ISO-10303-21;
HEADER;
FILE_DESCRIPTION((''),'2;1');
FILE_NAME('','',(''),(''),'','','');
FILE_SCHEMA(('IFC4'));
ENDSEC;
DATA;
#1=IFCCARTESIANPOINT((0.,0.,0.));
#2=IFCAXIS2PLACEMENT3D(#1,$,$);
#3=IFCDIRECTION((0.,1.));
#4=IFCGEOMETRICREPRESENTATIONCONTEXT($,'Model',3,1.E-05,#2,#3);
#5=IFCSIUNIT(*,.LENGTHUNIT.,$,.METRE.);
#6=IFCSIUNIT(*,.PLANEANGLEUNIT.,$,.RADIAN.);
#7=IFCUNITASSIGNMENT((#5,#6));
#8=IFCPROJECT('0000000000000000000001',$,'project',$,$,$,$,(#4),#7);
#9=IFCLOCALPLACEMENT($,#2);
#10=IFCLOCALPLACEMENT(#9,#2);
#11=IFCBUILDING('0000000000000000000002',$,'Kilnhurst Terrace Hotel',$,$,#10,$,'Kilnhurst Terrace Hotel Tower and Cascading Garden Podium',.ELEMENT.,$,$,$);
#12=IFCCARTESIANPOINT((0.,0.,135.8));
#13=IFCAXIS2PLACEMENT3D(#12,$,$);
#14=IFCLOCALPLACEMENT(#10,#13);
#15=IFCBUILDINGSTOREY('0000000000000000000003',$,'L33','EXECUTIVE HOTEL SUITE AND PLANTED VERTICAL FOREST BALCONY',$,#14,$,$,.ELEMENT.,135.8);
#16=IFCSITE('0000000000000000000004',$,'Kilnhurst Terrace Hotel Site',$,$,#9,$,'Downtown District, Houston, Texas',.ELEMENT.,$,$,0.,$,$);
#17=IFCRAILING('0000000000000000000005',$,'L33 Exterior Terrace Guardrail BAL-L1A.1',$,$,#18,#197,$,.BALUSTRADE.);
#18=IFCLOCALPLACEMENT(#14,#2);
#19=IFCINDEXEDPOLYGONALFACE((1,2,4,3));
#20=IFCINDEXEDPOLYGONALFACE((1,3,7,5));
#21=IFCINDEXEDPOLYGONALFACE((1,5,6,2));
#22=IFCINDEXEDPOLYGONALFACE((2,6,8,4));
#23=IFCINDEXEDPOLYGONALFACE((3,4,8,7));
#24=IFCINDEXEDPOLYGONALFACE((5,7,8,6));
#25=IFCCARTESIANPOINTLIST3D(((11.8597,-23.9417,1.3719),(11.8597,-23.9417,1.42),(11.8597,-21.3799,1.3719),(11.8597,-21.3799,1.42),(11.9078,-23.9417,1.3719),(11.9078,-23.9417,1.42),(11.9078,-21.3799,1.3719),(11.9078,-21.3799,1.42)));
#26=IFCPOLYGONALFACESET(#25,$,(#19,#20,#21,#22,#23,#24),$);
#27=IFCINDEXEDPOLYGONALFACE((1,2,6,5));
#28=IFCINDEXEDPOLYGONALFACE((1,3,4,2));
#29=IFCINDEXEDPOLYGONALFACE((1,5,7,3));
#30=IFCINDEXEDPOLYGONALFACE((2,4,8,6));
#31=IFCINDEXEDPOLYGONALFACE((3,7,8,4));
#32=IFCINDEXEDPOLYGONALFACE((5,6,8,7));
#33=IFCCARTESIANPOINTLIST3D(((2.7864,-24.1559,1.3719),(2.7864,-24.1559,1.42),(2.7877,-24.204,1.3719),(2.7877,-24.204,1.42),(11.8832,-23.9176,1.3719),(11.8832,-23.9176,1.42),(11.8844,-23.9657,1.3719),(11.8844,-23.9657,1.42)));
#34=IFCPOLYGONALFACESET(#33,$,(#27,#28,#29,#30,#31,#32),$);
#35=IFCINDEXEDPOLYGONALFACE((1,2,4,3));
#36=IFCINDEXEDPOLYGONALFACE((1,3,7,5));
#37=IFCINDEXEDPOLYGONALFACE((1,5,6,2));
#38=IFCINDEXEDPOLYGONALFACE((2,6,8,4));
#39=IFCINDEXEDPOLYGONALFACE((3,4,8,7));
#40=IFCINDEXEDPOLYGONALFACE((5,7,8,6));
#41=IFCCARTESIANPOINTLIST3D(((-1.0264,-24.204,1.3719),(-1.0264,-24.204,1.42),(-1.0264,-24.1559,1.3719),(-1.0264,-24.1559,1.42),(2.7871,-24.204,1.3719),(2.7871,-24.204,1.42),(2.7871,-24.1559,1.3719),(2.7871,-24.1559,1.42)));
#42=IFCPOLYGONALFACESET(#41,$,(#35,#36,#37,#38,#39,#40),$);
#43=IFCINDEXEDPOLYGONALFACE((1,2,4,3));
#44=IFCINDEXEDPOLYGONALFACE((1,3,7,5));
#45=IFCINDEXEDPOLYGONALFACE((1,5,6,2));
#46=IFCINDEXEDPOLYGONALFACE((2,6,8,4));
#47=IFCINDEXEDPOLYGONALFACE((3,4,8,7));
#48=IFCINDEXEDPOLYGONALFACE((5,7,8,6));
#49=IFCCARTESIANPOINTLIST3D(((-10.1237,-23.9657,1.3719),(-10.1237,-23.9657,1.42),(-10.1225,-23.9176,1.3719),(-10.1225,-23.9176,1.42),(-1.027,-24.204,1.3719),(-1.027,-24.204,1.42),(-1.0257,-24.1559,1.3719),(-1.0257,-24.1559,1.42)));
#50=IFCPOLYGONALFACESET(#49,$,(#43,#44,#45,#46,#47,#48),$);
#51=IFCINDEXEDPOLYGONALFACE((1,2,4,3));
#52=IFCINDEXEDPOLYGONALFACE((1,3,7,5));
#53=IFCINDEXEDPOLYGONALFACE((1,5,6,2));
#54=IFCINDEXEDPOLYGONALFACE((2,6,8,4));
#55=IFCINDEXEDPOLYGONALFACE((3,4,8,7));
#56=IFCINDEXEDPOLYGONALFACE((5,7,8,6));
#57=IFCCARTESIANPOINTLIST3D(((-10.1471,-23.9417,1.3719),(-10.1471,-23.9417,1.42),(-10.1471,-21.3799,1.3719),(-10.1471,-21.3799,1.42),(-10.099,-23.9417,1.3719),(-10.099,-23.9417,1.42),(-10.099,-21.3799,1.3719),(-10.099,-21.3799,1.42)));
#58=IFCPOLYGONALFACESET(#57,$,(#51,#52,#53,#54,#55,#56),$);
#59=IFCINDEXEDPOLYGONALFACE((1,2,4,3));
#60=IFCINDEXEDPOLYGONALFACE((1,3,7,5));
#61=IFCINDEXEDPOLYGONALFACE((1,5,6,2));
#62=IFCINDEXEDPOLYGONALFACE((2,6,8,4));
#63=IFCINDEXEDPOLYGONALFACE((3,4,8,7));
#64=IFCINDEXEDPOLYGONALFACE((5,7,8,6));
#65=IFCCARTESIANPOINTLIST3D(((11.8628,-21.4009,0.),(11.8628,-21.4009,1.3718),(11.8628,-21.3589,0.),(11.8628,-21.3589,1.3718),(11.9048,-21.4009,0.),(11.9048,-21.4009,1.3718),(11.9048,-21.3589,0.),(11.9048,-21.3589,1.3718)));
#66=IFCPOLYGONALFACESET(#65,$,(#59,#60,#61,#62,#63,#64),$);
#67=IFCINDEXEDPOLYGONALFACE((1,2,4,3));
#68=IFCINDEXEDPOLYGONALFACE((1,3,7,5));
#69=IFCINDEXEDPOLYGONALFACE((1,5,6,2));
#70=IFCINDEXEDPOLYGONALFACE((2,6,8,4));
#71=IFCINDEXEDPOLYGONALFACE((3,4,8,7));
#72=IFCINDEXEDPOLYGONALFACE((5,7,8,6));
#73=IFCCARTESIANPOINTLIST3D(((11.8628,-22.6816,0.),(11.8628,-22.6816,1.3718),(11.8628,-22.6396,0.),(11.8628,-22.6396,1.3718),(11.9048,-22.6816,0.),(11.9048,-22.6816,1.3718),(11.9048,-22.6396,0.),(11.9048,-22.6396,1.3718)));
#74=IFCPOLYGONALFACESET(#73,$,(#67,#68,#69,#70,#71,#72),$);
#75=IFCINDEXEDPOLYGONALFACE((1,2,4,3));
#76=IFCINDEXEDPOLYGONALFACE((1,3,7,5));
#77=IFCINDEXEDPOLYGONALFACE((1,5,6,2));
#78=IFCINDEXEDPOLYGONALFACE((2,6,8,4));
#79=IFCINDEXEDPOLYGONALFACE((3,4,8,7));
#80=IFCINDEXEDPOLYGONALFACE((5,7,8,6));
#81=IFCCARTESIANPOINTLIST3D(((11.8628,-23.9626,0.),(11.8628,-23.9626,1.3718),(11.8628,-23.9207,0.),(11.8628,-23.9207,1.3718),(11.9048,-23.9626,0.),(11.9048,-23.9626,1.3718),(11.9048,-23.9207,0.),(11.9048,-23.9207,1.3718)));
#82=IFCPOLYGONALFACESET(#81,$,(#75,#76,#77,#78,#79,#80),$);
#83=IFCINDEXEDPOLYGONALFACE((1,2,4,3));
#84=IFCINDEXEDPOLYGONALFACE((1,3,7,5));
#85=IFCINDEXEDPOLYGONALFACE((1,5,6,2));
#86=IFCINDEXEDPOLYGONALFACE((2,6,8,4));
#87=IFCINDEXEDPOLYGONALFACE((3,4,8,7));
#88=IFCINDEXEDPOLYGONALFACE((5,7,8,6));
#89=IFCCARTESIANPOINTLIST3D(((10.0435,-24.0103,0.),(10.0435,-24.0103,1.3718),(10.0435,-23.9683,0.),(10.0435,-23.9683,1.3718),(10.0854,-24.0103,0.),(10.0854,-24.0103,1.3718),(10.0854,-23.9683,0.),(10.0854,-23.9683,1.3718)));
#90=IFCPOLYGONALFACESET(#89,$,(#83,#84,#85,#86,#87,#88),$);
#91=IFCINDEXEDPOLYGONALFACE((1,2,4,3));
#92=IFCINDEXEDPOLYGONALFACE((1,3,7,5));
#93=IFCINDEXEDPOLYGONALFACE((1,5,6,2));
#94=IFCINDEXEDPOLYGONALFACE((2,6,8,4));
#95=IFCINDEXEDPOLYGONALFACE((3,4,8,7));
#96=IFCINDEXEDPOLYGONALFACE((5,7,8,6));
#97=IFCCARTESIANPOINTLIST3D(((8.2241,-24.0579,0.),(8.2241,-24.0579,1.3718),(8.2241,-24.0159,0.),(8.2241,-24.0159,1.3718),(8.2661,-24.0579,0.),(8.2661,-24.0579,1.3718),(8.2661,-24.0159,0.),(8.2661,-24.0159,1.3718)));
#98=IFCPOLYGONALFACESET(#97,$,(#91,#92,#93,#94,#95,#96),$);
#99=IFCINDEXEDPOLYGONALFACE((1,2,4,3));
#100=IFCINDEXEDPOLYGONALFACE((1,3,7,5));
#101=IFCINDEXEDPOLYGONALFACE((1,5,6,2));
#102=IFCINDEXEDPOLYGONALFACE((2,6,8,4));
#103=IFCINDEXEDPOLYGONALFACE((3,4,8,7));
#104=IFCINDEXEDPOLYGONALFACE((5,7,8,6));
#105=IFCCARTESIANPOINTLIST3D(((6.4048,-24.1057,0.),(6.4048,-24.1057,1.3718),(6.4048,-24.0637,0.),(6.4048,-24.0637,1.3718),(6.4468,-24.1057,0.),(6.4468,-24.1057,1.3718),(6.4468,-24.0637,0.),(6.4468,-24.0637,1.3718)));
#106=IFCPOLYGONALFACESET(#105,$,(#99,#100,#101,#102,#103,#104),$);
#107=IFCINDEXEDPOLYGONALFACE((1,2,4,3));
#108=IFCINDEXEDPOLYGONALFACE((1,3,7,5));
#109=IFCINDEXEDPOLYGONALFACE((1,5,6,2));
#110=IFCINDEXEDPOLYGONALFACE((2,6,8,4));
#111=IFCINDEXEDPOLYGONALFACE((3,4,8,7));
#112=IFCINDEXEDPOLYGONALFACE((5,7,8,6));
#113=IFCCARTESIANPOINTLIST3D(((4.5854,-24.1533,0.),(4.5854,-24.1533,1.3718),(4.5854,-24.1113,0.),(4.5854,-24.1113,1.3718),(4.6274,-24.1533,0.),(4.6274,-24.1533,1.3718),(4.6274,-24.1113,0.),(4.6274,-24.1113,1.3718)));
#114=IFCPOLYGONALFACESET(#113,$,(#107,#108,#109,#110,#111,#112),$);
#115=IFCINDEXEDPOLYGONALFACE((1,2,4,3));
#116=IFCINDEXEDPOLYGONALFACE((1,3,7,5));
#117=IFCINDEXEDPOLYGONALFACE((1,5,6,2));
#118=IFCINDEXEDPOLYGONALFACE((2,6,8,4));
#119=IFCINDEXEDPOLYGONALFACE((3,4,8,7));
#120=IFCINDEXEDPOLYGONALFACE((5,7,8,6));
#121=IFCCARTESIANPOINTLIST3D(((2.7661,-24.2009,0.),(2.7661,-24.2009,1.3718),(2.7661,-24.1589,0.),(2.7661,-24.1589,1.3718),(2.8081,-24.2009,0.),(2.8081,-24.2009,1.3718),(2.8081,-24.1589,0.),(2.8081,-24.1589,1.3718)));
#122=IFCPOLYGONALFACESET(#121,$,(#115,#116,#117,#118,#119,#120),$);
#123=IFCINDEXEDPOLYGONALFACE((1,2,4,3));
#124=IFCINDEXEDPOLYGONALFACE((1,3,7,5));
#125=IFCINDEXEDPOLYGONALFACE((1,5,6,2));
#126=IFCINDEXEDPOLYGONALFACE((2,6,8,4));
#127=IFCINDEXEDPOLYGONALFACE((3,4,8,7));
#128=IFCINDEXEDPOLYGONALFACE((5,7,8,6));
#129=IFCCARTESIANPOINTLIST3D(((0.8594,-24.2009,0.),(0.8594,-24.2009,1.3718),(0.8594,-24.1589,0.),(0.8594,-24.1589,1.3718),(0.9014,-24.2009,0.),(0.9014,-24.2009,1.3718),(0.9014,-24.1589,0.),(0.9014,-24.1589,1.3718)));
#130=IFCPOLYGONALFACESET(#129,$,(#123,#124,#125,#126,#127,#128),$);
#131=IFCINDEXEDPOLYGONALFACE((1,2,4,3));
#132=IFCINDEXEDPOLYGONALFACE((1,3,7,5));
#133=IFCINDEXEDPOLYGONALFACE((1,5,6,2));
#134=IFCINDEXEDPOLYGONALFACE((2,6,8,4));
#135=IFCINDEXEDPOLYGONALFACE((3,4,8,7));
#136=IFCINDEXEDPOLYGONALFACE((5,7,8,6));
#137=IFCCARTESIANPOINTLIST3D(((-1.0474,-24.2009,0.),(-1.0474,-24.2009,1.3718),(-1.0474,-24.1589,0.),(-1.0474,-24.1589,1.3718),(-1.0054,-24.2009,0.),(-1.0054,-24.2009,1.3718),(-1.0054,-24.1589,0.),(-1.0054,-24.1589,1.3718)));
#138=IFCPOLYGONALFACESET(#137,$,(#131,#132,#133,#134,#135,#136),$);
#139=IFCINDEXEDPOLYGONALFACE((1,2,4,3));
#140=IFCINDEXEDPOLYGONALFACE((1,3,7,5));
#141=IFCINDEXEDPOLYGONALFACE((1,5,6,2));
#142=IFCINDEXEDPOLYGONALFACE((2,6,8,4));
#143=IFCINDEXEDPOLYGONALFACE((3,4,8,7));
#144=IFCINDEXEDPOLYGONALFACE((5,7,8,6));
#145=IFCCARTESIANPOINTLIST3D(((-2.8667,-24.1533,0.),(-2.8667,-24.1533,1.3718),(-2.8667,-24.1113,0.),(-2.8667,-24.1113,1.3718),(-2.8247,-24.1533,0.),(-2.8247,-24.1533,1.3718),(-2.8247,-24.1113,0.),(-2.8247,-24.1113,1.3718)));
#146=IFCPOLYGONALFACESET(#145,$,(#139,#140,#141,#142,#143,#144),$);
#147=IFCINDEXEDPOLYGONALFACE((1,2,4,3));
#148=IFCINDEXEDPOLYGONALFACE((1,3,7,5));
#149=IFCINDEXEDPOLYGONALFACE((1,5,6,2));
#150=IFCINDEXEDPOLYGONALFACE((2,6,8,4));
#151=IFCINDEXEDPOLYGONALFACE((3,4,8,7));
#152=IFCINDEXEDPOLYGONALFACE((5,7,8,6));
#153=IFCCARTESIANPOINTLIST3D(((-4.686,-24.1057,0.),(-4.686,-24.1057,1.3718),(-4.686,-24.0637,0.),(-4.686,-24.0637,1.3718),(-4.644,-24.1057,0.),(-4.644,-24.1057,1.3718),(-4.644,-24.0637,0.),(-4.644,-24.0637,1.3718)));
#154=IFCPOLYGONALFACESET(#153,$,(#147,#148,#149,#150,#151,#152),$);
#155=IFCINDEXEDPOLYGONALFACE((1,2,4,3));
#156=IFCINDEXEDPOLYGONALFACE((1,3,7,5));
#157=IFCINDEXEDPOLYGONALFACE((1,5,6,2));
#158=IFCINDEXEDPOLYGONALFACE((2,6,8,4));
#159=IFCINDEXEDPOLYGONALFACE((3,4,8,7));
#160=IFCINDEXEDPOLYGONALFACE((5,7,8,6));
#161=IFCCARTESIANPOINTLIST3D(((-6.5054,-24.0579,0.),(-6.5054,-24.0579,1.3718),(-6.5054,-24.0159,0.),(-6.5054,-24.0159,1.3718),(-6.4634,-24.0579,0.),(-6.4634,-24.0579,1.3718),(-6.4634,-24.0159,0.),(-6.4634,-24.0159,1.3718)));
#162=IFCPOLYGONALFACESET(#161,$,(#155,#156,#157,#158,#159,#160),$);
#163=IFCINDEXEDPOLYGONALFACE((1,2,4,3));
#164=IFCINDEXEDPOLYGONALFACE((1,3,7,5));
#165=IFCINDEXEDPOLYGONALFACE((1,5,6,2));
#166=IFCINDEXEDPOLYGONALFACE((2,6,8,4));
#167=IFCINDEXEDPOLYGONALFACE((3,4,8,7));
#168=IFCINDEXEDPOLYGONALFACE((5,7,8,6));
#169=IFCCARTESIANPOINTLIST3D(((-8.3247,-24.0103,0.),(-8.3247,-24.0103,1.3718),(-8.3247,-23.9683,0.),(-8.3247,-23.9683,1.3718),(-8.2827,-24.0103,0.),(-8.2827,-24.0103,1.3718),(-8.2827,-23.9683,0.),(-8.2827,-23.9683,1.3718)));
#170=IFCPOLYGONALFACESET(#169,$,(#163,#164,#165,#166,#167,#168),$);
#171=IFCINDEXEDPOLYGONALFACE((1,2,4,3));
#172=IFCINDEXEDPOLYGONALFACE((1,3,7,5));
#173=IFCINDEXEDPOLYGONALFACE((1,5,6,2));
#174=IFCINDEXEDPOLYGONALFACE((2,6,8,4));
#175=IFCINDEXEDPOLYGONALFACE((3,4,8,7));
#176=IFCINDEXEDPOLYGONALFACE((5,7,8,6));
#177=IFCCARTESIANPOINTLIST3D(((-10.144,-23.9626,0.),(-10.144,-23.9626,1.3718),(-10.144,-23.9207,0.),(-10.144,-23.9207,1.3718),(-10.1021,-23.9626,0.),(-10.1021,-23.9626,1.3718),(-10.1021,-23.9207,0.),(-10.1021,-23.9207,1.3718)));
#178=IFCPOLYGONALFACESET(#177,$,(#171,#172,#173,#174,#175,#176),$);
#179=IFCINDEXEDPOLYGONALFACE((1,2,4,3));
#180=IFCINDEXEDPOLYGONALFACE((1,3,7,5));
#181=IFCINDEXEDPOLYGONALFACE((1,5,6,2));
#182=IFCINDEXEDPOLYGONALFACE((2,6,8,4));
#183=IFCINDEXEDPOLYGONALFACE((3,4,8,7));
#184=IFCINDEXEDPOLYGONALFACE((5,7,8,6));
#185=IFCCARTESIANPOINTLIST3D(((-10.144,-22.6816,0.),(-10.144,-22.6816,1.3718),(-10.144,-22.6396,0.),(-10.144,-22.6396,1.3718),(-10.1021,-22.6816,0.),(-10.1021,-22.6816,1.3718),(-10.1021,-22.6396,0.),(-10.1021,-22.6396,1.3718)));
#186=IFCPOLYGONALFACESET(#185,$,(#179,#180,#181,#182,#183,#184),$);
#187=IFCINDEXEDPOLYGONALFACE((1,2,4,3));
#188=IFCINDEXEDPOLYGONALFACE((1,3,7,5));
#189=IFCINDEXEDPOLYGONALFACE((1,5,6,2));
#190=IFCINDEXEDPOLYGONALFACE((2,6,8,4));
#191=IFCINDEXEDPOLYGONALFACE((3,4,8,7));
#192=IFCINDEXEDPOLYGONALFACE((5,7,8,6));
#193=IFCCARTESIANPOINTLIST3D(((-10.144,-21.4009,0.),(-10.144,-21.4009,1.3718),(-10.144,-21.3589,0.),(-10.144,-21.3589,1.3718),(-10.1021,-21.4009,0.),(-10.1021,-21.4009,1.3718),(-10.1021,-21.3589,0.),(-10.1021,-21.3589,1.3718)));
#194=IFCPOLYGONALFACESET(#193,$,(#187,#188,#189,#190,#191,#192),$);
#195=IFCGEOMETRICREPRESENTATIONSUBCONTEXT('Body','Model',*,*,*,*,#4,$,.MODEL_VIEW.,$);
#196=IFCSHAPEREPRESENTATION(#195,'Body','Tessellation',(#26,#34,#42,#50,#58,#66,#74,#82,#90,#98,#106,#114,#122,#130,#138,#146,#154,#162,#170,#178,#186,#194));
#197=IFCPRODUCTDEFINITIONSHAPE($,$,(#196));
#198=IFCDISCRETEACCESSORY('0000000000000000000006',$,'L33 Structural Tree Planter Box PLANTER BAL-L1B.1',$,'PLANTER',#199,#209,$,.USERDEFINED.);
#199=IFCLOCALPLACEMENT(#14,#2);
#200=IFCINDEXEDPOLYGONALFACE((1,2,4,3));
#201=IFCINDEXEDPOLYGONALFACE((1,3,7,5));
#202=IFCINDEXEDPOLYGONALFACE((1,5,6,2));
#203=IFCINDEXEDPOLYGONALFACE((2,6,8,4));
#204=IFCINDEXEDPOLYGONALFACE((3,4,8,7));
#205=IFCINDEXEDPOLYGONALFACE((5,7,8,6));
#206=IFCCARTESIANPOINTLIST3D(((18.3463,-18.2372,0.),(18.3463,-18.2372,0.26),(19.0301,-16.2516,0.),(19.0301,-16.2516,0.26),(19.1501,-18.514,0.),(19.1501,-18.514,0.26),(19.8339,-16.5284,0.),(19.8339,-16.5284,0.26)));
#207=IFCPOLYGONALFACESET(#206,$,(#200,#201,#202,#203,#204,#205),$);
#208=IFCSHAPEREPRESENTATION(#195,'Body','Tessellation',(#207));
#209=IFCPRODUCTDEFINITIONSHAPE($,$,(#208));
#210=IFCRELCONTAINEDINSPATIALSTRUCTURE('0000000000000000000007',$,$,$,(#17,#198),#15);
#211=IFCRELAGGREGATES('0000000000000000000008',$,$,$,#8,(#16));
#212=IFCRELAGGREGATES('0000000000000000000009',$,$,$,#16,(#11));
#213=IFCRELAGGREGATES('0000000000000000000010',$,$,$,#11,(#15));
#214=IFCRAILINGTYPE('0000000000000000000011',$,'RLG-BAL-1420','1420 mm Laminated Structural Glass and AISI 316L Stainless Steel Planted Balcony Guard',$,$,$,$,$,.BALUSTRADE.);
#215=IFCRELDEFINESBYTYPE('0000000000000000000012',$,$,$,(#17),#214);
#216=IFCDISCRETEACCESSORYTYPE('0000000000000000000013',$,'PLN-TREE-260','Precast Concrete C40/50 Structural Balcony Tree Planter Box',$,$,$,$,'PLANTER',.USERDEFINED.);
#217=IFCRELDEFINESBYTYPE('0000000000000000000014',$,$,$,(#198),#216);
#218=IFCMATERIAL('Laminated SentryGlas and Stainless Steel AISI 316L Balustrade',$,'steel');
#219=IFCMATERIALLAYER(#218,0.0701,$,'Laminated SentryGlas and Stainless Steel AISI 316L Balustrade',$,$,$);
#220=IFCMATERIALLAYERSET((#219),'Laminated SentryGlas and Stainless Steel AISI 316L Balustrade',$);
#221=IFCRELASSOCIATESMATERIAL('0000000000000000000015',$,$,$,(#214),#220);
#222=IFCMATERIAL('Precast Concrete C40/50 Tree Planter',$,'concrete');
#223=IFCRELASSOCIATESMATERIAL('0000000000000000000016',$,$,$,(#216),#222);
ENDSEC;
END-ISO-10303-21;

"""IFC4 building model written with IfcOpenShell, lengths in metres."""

from ifc_helpers import new_model, si_unit, direction, frame, origin, origin_2d, place, context, subcontext, project, spatial, rectangle, extrude, material, layer, layer_set, type_object, element, save


model = new_model("IFC4")

# Units and contexts
model_context = context("Model", 3, precision=1e-05, world=origin(), true_north=direction((0.0, 1.0)))
body_context = subcontext(model_context, "Body", "Model", "MODEL_VIEW")
ifc_project = project(units=[si_unit("LENGTHUNIT", "METRE"), si_unit("PLANEANGLEUNIT", "RADIAN")], contexts=[model_context])

# Site, building, storey
site_placement = place(None, origin())
site = spatial("IfcSite", under=ifc_project, at=site_placement, Name="Kilnhurst Terrace Hotel Site", LongName="Downtown District, Houston, Texas", CompositionType="ELEMENT", RefElevation=0.0)
building_placement = place(site_placement, origin())
building = spatial("IfcBuilding", under=site, at=building_placement, Name="Kilnhurst Terrace Hotel", LongName="Kilnhurst Terrace Hotel Tower and Cascading Garden Podium", CompositionType="ELEMENT")
storey_placement = place(building_placement, frame((0.0, 0.0, 135.8)))
storey = spatial("IfcBuildingStorey", under=building, at=storey_placement, Name="L33", Description="EXECUTIVE HOTEL SUITE AND PLANTED VERTICAL FOREST BALCONY", CompositionType="ELEMENT", Elevation=135.8)

# Railing
ifc_material_1 = material(Name="Laminated SentryGlas and Stainless Steel AISI 316L Balustrade", Category="steel")
ifc_layer_1 = layer(ifc_material_1, 0.0701, Name="Laminated SentryGlas and Stainless Steel AISI 316L Balustrade")
ifc_layer_set_1 = layer_set([ifc_layer_1], Name="Laminated SentryGlas and Stainless Steel AISI 316L Balustrade")
railing_type = type_object("IfcRailingType", Name="RLG-BAL-1420", Description="1420 mm Laminated Structural Glass and AISI 316L Stainless Steel Planted Balcony Guard", PredefinedType="BALUSTRADE", material=ifc_layer_set_1)
railing_placement = place(storey_placement, frame((11.8838, -21.3799, 0.0)))
element("IfcRailing", 1, at=railing_placement, inside=storey, type_object=railing_type, Name="L33 Exterior Terrace Guardrail BAL-L1A.1", PredefinedType="BALUSTRADE", context=body_context, shape_type="SweptSolid", body=[
    extrude(rectangle(XDim=0.0481, YDim=0.0481, at=origin_2d()), frame((0.0, 0.0, 1.396), z_axis=(0.0, -1.0, 0.0), x_axis=(1.0, 0.0, 0.0)), (0.0, 0.0, 1.0), 2.5618),
    extrude(rectangle(XDim=0.0481, YDim=0.0481, at=origin_2d()), frame((0.0, -2.5618, 1.396), z_axis=(-0.999657, -0.026185, 0.0), x_axis=(0.026185, -0.999657, 0.0)), (0.0, 0.0, 1.0), 9.0999),
    extrude(rectangle(XDim=0.0481, YDim=0.0481, at=origin_2d()), frame((-9.0967, -2.8, 1.396), z_axis=(-1.0, 0.0, 0.0), x_axis=(0.0, -1.0, 0.0)), (0.0, 0.0, 1.0), 3.8135),
    extrude(rectangle(XDim=0.0481, YDim=0.0481, at=origin_2d()), frame((-12.9102, -2.8, 1.396), z_axis=(-0.999657, 0.026185, 0.0), x_axis=(-0.026185, -0.999657, 0.0)), (0.0, 0.0, 1.0), 9.0999),
    extrude(rectangle(XDim=0.0481, YDim=0.0481, at=origin_2d()), frame((-22.0068, -2.5618, 1.396), z_axis=(0.0, 1.0, 0.0), x_axis=(-1.0, 0.0, 0.0)), (0.0, 0.0, 1.0), 2.5618),
    extrude(rectangle(XDim=0.042, YDim=0.042, at=origin_2d()), origin(), (0.0, 0.0, 1.0), 1.3718),
    extrude(rectangle(XDim=0.042, YDim=0.042, at=origin_2d()), frame((0.0, -1.2808, 0.0)), (0.0, 0.0, 1.0), 1.3718),
    extrude(rectangle(XDim=0.042, YDim=0.042, at=origin_2d()), frame((0.0, -2.5618, 0.0)), (0.0, 0.0, 1.0), 1.3718),
    extrude(rectangle(XDim=0.042, YDim=0.042, at=origin_2d()), frame((-1.8193, -2.6094, 0.0)), (0.0, 0.0, 1.0), 1.3718),
    extrude(rectangle(XDim=0.042, YDim=0.042, at=origin_2d()), frame((-3.6387, -2.657, 0.0)), (0.0, 0.0, 1.0), 1.3718),
    extrude(rectangle(XDim=0.042, YDim=0.042, at=origin_2d()), frame((-5.458, -2.7048, 0.0)), (0.0, 0.0, 1.0), 1.3718),
    extrude(rectangle(XDim=0.042, YDim=0.042, at=origin_2d()), frame((-7.2773, -2.7524, 0.0)), (0.0, 0.0, 1.0), 1.3718),
    extrude(rectangle(XDim=0.042, YDim=0.042, at=origin_2d()), frame((-9.0967, -2.8, 0.0)), (0.0, 0.0, 1.0), 1.3718),
    extrude(rectangle(XDim=0.042, YDim=0.042, at=origin_2d()), frame((-11.0034, -2.8, 0.0)), (0.0, 0.0, 1.0), 1.3718),
    extrude(rectangle(XDim=0.042, YDim=0.042, at=origin_2d()), frame((-12.9102, -2.8, 0.0)), (0.0, 0.0, 1.0), 1.3718),
    extrude(rectangle(XDim=0.042, YDim=0.042, at=origin_2d()), frame((-14.7295, -2.7524, 0.0)), (0.0, 0.0, 1.0), 1.3718),
    extrude(rectangle(XDim=0.042, YDim=0.042, at=origin_2d()), frame((-16.5488, -2.7048, 0.0)), (0.0, 0.0, 1.0), 1.3718),
    extrude(rectangle(XDim=0.042, YDim=0.042, at=origin_2d()), frame((-18.3682, -2.657, 0.0)), (0.0, 0.0, 1.0), 1.3718),
    extrude(rectangle(XDim=0.042, YDim=0.042, at=origin_2d()), frame((-20.1875, -2.6094, 0.0)), (0.0, 0.0, 1.0), 1.3718),
    extrude(rectangle(XDim=0.042, YDim=0.042, at=origin_2d()), frame((-22.0068, -2.5618, 0.0)), (0.0, 0.0, 1.0), 1.3718),
    extrude(rectangle(XDim=0.042, YDim=0.042, at=origin_2d()), frame((-22.0068, -1.2808, 0.0)), (0.0, 0.0, 1.0), 1.3718),
    extrude(rectangle(XDim=0.042, YDim=0.042, at=origin_2d()), frame((-22.0068, 0.0, 0.0)), (0.0, 0.0, 1.0), 1.3718),
])

# Discrete accessory
ifc_material_2 = material(Name="Precast Concrete C40/50 Tree Planter", Category="concrete")
discrete_accessory_type = type_object("IfcDiscreteAccessoryType", Name="PLN-TREE-260", Description="Precast Concrete C40/50 Structural Balcony Tree Planter Box", ElementType="PLANTER", PredefinedType="USERDEFINED", material=ifc_material_2)
discrete_accessory_placement = place(storey_placement, frame((19.0901, -17.3828, 0.0), z_axis=(0.0, 0.0, 1.0), x_axis=(0.325601, 0.945507, 0.0)))
element("IfcDiscreteAccessory", 2, at=discrete_accessory_placement, inside=storey, type_object=discrete_accessory_type, Name="L33 Structural Tree Planter Box PLANTER BAL-L1B.1", ObjectType="PLANTER", PredefinedType="USERDEFINED", context=body_context, shape_type="SweptSolid", body=[
    extrude(rectangle(XDim=2.1001, YDim=0.8501, at=origin_2d()), origin(), (0.0, 0.0, 1.0), 0.26),
])

save(model, "model.ifc")
